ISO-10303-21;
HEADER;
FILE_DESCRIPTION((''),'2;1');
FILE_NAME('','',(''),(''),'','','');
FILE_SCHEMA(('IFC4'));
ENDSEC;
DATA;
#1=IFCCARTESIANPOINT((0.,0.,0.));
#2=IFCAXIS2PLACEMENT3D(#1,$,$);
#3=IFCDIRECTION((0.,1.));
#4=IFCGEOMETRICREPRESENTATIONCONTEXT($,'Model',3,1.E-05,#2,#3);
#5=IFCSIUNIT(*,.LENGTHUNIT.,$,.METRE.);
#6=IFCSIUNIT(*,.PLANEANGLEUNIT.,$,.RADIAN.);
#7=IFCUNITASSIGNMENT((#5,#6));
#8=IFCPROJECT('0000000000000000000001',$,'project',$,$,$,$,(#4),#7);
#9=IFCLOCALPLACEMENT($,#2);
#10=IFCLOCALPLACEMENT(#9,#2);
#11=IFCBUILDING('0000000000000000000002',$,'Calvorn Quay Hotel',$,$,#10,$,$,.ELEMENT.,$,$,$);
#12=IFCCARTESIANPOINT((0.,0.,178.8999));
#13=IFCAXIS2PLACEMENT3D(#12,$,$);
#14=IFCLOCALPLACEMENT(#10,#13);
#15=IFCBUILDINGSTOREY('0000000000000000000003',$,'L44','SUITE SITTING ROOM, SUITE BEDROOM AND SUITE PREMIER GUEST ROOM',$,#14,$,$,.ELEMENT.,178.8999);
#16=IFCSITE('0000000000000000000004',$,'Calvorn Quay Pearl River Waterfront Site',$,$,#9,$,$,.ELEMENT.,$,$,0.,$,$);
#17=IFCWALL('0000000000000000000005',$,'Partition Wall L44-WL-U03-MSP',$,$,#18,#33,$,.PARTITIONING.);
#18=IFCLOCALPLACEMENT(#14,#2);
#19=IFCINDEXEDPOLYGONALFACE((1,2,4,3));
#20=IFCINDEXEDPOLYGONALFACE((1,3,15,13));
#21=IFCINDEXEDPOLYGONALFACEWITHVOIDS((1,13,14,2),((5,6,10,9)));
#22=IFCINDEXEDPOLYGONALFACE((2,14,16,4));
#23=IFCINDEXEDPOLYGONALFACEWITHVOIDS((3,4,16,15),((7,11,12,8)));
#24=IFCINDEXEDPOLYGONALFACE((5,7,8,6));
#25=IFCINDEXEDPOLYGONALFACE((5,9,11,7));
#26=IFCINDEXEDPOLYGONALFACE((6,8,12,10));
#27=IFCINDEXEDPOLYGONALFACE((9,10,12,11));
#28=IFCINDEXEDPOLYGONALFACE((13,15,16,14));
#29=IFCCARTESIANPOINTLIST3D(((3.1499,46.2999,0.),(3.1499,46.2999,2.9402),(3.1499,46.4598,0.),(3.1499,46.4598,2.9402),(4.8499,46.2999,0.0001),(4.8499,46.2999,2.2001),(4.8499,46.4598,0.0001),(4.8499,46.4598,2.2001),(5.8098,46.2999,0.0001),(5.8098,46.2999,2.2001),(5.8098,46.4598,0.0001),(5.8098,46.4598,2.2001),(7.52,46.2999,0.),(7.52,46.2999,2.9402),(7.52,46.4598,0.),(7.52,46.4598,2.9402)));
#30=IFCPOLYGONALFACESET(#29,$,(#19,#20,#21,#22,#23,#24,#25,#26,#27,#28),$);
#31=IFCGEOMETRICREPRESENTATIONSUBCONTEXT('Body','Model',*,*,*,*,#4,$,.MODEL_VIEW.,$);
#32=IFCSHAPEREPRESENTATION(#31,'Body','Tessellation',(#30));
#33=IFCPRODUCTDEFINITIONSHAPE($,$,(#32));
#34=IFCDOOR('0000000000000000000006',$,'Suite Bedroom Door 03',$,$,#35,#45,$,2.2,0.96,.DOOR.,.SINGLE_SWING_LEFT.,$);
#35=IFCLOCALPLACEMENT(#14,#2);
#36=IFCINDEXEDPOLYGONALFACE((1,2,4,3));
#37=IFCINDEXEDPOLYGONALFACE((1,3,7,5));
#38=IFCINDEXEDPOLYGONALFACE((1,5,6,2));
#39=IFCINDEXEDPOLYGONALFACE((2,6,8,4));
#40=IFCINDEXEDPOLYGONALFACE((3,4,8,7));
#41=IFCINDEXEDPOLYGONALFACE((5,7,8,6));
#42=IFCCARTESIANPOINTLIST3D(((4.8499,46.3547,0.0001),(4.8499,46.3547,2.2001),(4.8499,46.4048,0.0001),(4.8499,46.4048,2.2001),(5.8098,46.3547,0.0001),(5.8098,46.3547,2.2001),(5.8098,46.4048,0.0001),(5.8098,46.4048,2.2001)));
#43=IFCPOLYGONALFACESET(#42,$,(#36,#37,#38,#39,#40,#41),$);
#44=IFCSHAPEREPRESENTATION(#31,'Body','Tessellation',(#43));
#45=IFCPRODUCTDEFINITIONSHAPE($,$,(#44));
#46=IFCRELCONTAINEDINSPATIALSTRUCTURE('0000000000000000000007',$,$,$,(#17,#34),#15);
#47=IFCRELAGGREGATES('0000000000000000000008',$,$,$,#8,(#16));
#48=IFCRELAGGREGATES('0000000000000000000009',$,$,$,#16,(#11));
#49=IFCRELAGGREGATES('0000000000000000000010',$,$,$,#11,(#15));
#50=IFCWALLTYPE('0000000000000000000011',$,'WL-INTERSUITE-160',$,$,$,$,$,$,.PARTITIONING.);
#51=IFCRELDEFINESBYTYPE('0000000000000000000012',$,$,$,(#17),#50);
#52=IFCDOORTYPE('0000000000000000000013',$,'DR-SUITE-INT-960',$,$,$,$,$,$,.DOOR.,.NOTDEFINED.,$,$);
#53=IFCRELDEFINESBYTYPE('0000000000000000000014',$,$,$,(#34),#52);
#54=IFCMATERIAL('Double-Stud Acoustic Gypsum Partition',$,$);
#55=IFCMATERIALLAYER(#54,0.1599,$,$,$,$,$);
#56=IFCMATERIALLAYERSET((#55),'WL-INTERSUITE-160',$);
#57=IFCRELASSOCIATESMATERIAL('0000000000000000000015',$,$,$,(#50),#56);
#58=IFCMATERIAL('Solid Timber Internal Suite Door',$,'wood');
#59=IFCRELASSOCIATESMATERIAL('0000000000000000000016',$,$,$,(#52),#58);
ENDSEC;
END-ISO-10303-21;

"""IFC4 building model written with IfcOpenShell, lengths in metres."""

from ifc_helpers import new_model, si_unit, direction, frame, frame_2d, origin, place, context, subcontext, project, spatial, rectangle, extrude, material, layer, layer_set, type_object, element, fill, save


model = new_model("IFC4")

# Units and contexts
model_context = context("Model", 3, precision=1e-05, world=origin(), true_north=direction((0.0, 1.0)))
body_context = subcontext(model_context, "Body", "Model", "MODEL_VIEW")
ifc_project = project(units=[si_unit("LENGTHUNIT", "METRE"), si_unit("PLANEANGLEUNIT", "RADIAN")], contexts=[model_context])

# Site, building, storey
site_placement = place(None, origin())
site = spatial("IfcSite", under=ifc_project, at=site_placement, Name="Calvorn Quay Pearl River Waterfront Site", CompositionType="ELEMENT", RefElevation=0.0)
building_placement = place(site_placement, origin())
building = spatial("IfcBuilding", under=site, at=building_placement, Name="Calvorn Quay Hotel", CompositionType="ELEMENT")
storey_placement = place(building_placement, frame((0.0, 0.0, 178.8999)))
storey = spatial("IfcBuildingStorey", under=building, at=storey_placement, Name="L44", Description="SUITE SITTING ROOM, SUITE BEDROOM AND SUITE PREMIER GUEST ROOM", CompositionType="ELEMENT", Elevation=178.8999)

# Shared definitions
ifc_material_1 = material(Name="Double-Stud Acoustic Gypsum Partition")
ifc_layer_1 = layer(ifc_material_1, 0.1599)
ifc_layer_set_1 = layer_set([ifc_layer_1], Name="WL-INTERSUITE-160")
wall_type_1 = type_object("IfcWallType", Name="WL-INTERSUITE-160", PredefinedType="PARTITIONING", material=ifc_layer_set_1)

# Wall, opening, door
wall_1_placement = place(storey_placement, frame((3.1499, 46.3799, 0.0), z_axis=(0.0, 0.0, 1.0), x_axis=(1.0, 0.0, 0.0)))
wall_1 = element("IfcWall", 1, at=wall_1_placement, inside=storey, type_object=wall_type_1, Name="Partition Wall L44-WL-U03-MSP", PredefinedType="PARTITIONING", context=body_context, shape_type="SweptSolid", body=[
    extrude(rectangle(XDim=4.3701, YDim=0.1599, at=frame_2d((2.1851, 0.0))), origin(), (0.0, 0.0, 1.0), 2.9402),
])
opening_1_placement = place(wall_1_placement, frame((1.7, 0.0, 0.0)))
opening_1 = element("IfcOpeningElement", 2, at=opening_1_placement, cuts=wall_1, PredefinedType="OPENING", context=body_context, shape_type="SweptSolid", body=[
    extrude(rectangle(XDim=0.96, YDim=2.2, at=frame_2d((0.48, 1.1001))), frame((0.0, 0.0898, 0.0), z_axis=(0.0, -1.0, 0.0), x_axis=(1.0, 0.0, 0.0)), (0.0, 0.0, 1.0), 0.1799),
])
ifc_material_2 = material(Name="Solid Timber Internal Suite Door", Category="wood")
door_type_1 = type_object("IfcDoorType", Name="DR-SUITE-INT-960", OperationType="NOTDEFINED", PredefinedType="DOOR", material=ifc_material_2)
door_1_placement = place(opening_1_placement, origin())
door_1 = element("IfcDoor", 3, at=door_1_placement, inside=storey, type_object=door_type_1, Name="Suite Bedroom Door 03", OperationType="SINGLE_SWING_LEFT", OverallHeight=2.2, OverallWidth=0.96, PredefinedType="DOOR", context=body_context, shape_type="SweptSolid", body=[
    extrude(rectangle(XDim=0.96, YDim=2.2, at=frame_2d((0.48, 1.1001))), frame((0.0, 0.0249, 0.0), z_axis=(0.0, -1.0, 0.0), x_axis=(1.0, 0.0, 0.0)), (0.0, 0.0, 1.0), 0.05),
])
fill(opening_1, door_1)

save(model, "model.ifc")
